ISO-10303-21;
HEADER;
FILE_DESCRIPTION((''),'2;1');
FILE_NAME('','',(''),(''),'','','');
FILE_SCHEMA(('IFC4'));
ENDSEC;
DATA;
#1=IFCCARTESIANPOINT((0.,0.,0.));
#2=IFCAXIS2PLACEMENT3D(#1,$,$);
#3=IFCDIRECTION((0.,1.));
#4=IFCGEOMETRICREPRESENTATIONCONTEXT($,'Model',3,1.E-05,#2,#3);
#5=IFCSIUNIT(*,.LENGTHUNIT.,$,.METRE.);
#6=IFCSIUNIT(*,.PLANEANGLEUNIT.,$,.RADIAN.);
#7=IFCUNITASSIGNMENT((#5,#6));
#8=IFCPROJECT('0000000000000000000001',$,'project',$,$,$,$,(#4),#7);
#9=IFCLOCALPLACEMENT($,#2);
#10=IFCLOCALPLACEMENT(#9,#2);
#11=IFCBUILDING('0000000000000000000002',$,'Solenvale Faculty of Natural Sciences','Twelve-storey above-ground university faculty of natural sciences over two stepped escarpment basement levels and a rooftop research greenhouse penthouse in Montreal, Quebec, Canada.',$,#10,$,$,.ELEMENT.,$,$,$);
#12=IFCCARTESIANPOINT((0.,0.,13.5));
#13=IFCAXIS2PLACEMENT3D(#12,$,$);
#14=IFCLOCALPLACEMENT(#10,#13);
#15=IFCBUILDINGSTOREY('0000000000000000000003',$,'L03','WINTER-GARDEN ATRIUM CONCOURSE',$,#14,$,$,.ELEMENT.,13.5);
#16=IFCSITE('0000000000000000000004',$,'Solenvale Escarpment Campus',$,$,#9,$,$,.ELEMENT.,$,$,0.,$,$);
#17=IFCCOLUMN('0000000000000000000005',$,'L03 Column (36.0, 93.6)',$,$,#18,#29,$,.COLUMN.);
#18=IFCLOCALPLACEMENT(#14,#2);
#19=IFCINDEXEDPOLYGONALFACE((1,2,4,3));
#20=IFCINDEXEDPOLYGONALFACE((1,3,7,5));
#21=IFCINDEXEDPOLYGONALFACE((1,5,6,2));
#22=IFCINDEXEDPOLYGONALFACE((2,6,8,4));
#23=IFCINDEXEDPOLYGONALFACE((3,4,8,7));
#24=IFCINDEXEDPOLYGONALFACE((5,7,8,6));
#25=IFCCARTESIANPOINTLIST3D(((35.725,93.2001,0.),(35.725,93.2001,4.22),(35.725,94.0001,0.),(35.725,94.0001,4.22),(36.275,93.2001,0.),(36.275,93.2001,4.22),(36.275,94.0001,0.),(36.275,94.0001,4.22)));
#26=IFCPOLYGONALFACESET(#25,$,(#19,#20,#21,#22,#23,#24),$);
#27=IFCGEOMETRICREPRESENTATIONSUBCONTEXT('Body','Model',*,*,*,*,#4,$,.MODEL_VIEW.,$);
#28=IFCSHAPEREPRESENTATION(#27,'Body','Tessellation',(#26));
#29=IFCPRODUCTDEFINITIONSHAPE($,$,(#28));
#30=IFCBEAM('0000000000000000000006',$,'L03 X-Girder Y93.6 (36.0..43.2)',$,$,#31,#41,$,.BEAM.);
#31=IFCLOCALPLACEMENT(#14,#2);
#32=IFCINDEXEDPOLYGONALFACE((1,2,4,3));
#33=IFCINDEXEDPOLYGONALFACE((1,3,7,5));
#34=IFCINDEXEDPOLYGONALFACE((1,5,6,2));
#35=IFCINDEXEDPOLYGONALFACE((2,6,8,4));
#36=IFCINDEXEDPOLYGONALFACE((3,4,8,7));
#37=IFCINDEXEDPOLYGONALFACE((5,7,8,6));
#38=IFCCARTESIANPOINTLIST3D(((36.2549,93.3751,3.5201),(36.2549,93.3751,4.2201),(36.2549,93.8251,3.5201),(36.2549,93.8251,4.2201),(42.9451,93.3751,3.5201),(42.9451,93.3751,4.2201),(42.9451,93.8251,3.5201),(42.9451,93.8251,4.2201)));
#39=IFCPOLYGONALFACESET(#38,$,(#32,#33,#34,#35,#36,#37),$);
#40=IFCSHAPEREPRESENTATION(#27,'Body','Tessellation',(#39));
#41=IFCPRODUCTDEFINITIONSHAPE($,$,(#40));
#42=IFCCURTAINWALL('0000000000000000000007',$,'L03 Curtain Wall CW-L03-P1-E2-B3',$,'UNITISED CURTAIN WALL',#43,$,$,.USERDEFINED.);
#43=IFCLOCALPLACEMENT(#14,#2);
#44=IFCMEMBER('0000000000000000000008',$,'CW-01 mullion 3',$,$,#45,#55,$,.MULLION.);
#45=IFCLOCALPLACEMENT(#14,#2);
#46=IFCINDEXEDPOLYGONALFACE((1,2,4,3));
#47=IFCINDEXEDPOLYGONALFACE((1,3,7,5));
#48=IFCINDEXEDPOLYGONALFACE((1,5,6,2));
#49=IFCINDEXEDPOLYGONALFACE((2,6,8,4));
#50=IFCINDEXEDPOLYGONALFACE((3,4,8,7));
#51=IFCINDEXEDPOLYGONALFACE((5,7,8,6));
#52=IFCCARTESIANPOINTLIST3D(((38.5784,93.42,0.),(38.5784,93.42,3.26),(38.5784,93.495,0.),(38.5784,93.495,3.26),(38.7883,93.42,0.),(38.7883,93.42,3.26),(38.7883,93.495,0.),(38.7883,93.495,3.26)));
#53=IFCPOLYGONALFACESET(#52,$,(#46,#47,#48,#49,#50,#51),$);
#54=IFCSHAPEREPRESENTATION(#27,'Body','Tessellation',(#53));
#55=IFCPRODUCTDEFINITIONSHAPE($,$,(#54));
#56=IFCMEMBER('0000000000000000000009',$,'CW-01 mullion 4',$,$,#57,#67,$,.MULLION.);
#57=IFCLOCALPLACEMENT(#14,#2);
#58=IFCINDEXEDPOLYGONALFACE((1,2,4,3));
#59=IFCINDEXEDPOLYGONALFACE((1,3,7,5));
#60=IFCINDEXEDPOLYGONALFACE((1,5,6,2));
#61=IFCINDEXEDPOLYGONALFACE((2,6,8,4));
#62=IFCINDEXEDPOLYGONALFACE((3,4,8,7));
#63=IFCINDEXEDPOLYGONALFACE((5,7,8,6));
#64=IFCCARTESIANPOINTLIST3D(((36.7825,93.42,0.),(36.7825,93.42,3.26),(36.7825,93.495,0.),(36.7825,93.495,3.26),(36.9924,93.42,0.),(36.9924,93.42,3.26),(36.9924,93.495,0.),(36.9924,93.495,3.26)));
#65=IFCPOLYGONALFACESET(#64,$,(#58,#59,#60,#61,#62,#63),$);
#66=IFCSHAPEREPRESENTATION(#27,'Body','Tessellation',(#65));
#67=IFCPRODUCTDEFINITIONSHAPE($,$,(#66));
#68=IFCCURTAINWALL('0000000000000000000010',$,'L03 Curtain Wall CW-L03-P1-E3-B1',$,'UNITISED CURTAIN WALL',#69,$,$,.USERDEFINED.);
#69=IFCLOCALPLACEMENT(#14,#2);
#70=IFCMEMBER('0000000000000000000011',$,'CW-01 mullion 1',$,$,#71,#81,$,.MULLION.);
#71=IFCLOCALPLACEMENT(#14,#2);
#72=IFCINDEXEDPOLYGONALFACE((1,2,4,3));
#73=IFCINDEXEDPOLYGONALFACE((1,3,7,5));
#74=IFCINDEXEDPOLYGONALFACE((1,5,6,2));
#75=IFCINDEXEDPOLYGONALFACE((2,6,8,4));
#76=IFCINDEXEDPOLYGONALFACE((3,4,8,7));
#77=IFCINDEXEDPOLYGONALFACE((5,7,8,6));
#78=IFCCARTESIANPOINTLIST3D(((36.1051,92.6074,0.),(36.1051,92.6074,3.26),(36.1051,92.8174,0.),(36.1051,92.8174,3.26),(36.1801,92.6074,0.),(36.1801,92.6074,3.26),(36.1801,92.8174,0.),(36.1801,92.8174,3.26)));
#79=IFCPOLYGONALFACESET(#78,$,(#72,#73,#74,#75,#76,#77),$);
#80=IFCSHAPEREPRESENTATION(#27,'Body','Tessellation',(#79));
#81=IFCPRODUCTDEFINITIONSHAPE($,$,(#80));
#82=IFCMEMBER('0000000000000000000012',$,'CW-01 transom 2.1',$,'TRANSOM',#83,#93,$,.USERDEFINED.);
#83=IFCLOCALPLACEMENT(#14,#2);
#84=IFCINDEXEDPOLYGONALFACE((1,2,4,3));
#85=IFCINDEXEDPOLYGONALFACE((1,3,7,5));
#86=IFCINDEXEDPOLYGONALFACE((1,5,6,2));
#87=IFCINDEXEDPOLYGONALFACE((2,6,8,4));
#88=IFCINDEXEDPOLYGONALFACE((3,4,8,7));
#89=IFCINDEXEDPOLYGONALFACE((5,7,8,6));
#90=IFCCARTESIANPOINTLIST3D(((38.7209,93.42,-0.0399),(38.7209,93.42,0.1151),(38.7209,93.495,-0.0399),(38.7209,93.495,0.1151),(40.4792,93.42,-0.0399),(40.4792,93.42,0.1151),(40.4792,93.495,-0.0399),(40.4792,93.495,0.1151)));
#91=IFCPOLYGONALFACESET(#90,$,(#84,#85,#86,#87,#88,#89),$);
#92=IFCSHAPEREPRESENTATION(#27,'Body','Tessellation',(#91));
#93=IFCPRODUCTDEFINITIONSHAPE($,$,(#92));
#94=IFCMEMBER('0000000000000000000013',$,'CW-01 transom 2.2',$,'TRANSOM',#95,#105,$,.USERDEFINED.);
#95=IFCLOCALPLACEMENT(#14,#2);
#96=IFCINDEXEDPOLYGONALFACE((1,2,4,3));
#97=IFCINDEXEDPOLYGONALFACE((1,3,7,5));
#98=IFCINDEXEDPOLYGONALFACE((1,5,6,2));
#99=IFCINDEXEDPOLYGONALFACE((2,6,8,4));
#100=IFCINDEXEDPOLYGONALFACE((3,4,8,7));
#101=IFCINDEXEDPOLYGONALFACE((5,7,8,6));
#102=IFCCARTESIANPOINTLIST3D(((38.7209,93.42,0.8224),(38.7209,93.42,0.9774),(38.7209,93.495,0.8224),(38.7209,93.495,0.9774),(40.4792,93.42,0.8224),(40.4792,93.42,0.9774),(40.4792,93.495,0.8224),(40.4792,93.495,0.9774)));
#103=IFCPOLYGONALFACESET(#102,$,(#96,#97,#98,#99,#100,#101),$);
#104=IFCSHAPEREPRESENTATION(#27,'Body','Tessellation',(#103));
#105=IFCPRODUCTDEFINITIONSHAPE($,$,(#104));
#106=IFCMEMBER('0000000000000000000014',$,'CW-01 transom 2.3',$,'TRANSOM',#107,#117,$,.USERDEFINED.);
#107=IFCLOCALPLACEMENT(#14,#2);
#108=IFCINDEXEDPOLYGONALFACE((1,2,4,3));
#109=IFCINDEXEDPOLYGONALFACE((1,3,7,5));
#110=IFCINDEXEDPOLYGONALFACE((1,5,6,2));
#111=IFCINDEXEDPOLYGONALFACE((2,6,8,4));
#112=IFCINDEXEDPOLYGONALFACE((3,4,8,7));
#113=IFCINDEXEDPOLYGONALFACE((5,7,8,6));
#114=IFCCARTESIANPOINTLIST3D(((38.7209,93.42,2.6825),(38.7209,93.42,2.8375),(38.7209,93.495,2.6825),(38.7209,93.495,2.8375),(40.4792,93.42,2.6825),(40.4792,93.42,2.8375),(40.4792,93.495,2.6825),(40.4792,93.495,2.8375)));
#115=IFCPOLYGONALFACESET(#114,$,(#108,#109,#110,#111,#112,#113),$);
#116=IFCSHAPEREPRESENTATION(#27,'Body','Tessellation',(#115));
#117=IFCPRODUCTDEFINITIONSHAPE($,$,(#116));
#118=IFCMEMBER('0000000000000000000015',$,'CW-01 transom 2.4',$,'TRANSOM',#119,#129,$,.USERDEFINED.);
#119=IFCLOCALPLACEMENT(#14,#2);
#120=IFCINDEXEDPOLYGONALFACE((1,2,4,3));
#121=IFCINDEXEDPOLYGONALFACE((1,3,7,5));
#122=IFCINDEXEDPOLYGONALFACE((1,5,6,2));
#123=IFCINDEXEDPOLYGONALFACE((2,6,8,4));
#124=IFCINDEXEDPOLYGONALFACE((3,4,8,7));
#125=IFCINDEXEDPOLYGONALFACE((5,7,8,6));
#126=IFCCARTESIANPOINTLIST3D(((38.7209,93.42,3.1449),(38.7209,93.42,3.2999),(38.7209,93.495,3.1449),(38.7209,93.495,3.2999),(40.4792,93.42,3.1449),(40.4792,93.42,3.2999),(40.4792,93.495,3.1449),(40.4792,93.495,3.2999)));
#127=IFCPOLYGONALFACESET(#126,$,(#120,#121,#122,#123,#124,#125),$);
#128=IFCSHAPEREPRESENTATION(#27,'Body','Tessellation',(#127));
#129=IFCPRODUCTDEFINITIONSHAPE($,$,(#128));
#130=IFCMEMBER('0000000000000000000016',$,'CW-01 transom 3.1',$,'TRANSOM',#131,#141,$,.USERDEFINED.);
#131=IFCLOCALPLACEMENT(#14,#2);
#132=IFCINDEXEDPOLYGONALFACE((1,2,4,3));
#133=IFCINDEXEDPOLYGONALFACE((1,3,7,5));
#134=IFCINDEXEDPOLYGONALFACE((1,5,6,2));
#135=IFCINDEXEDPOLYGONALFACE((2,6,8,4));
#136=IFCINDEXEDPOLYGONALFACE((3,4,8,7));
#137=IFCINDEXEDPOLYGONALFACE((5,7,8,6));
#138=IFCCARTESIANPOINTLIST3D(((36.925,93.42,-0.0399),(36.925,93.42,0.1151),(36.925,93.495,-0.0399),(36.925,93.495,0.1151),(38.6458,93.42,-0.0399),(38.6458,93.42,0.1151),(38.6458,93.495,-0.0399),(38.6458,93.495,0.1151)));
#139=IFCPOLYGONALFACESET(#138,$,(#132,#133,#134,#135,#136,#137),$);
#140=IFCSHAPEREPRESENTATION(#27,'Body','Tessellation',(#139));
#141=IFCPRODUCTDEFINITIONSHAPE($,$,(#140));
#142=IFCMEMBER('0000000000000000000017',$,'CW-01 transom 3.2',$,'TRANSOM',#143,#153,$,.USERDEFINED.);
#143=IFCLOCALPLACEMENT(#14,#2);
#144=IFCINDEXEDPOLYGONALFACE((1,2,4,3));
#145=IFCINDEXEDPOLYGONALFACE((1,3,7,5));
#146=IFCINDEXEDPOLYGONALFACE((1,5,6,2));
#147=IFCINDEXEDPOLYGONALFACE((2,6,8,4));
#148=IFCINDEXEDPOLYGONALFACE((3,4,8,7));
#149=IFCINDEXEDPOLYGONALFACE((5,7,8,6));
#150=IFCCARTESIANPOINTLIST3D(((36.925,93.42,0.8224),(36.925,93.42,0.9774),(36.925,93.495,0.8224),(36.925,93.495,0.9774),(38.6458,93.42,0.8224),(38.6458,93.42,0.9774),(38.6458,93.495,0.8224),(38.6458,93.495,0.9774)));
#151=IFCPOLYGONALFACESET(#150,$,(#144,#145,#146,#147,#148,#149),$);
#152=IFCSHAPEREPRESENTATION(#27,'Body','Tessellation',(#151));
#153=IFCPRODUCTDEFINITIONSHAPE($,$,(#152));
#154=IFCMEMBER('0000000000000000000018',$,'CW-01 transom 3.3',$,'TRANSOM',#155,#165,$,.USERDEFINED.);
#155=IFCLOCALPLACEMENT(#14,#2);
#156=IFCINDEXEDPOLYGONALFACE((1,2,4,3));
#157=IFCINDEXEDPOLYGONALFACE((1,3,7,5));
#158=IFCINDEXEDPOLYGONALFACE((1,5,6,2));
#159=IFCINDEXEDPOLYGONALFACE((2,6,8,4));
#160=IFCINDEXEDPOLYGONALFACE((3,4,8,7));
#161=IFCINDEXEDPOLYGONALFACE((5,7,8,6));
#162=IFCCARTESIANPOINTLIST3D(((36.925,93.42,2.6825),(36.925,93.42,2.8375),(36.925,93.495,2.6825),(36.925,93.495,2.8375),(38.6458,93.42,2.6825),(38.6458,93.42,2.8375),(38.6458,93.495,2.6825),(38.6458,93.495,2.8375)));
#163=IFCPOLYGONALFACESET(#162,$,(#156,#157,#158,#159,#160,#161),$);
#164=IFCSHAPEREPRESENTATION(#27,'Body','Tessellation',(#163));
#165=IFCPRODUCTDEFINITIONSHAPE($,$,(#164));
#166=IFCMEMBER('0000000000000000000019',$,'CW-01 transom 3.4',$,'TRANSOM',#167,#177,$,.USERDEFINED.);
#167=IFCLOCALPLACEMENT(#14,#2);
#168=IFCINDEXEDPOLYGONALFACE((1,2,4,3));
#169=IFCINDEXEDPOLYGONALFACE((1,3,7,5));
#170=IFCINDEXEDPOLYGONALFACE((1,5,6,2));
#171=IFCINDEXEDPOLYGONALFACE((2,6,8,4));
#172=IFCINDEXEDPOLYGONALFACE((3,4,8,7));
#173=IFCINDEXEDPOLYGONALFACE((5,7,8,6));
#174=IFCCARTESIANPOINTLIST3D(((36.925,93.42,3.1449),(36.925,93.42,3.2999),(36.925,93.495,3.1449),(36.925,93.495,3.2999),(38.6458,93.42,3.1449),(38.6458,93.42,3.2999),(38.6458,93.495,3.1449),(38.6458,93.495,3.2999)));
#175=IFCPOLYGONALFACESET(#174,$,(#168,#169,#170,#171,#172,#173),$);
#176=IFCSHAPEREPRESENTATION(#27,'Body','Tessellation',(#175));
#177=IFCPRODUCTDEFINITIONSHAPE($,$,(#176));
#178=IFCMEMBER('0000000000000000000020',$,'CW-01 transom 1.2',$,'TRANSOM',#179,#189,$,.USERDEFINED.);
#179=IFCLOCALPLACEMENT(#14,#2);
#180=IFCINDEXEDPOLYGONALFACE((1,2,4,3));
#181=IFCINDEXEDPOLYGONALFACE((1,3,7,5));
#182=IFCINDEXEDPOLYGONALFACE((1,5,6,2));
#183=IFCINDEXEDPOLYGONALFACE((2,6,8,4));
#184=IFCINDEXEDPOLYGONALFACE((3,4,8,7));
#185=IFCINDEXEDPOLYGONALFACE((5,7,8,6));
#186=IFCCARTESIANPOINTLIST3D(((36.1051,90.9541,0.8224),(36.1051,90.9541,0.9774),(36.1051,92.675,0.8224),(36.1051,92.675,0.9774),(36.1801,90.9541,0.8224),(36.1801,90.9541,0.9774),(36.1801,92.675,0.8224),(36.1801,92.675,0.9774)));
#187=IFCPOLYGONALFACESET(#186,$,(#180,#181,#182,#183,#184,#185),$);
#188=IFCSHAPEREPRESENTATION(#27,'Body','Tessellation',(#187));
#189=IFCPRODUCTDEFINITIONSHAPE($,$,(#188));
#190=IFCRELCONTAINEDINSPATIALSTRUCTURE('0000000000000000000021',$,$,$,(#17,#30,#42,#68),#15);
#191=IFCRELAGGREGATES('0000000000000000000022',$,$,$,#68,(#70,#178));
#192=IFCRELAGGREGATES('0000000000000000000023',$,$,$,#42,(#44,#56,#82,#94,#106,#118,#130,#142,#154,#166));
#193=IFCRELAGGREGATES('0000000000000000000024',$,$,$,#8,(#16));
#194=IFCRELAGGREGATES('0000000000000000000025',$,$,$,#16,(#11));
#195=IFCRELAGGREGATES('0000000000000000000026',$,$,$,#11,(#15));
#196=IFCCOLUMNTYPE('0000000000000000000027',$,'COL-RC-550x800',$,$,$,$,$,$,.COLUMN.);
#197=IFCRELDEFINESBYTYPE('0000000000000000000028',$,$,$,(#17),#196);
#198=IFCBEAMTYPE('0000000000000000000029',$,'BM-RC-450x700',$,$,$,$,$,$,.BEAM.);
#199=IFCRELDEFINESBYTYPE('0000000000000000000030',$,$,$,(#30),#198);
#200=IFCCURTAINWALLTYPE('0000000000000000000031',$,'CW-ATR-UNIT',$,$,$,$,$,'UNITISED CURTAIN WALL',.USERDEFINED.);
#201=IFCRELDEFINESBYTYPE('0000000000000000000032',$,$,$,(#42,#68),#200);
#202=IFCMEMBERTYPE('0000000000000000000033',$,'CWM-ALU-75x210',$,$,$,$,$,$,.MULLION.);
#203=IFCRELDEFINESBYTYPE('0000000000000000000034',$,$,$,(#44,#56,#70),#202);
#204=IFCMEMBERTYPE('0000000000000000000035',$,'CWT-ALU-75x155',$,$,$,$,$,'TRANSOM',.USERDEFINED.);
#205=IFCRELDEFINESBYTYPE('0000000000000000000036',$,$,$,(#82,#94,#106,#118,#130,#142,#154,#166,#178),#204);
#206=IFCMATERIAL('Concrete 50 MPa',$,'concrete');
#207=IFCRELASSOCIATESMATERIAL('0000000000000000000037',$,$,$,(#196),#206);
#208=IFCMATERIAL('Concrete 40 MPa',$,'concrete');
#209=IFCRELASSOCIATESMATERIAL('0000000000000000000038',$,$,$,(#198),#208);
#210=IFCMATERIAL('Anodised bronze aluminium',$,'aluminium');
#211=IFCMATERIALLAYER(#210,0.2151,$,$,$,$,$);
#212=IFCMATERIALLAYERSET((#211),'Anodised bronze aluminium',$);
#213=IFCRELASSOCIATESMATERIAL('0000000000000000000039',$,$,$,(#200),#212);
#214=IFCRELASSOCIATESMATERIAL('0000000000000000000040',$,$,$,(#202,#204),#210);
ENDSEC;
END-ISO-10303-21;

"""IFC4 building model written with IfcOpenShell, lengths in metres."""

from ifc_helpers import new_model, si_unit, direction, frame, origin, origin_2d, place, context, subcontext, project, spatial, rectangle, extrude, material, layer, layer_set, material_profile, profile_set, type_object, element, aggregate, save


model = new_model("IFC4")

# Units and contexts
model_context = context("Model", 3, precision=1e-05, world=origin(), true_north=direction((0.0, 1.0)))
body_context = subcontext(model_context, "Body", "Model", "MODEL_VIEW")
ifc_project = project(units=[si_unit("LENGTHUNIT", "METRE"), si_unit("PLANEANGLEUNIT", "RADIAN")], contexts=[model_context])

# Site, building, storey
site_placement = place(None, origin())
site = spatial("IfcSite", under=ifc_project, at=site_placement, Name="Solenvale Escarpment Campus", CompositionType="ELEMENT", RefElevation=0.0)
building_placement = place(site_placement, origin())
building = spatial("IfcBuilding", under=site, at=building_placement, Name="Solenvale Faculty of Natural Sciences", Description="Twelve-storey above-ground university faculty of natural sciences over two stepped escarpment basement levels and a rooftop research greenhouse penthouse in Montreal, Quebec, Canada.", CompositionType="ELEMENT")
storey_placement = place(building_placement, frame((0.0, 0.0, 13.5)))
storey = spatial("IfcBuildingStorey", under=building, at=storey_placement, Name="L03", Description="WINTER-GARDEN ATRIUM CONCOURSE", CompositionType="ELEMENT", Elevation=13.5)

# Column
ifc_material_1 = material(Name="Concrete 50 MPa", Category="concrete")
ifc_material_profile_1 = material_profile(ifc_material_1, rectangle(XDim=0.55, YDim=0.8, at=origin_2d()), Name="RC-COL-550x800")
ifc_profile_set_1 = profile_set([ifc_material_profile_1], Name="Concrete 50 MPa")
column_type = type_object("IfcColumnType", Name="COL-RC-550x800", PredefinedType="COLUMN", material=ifc_profile_set_1)
column_placement = place(storey_placement, frame((36.0, 93.6001, 0.0), z_axis=(0.0, 0.0, 1.0), x_axis=(1.0, 0.0, 0.0)))
element("IfcColumn", 1, at=column_placement, inside=storey, type_object=column_type, Name="L03 Column (36.0, 93.6)", PredefinedType="COLUMN", context=body_context, shape_type="SweptSolid", body=[
    extrude(rectangle(XDim=0.55, YDim=0.8, at=origin_2d()), origin(), (0.0, 0.0, 1.0), 4.22),
])

# Beam
ifc_material_2 = material(Name="Concrete 40 MPa", Category="concrete")
ifc_material_profile_2 = material_profile(ifc_material_2, rectangle(XDim=0.45, YDim=0.7, at=origin_2d()), Name="RC-BM-450x700")
ifc_profile_set_2 = profile_set([ifc_material_profile_2], Name="Concrete 40 MPa")
beam_type = type_object("IfcBeamType", Name="BM-RC-450x700", PredefinedType="BEAM", material=ifc_profile_set_2)
beam_placement = place(storey_placement, frame((36.2549, 93.6001, 3.8701), z_axis=(1.0, 0.0, 0.0), x_axis=(0.0, 1.0, 0.0)))
element("IfcBeam", 2, at=beam_placement, inside=storey, type_object=beam_type, Name="L03 X-Girder Y93.6 (36.0..43.2)", PredefinedType="BEAM", context=body_context, shape_type="SweptSolid", body=[
    extrude(rectangle(XDim=0.45, YDim=0.7, at=origin_2d()), origin(), (0.0, 0.0, 1.0), 6.6902),
])

# Curtain wall, members
ifc_material_3 = material(Name="Anodised bronze aluminium", Category="aluminium")
ifc_layer_1 = layer(ifc_material_3, 0.2151)
ifc_layer_set_1 = layer_set([ifc_layer_1], Name="Anodised bronze aluminium")
curtain_wall_type = type_object("IfcCurtainWallType", Name="CW-ATR-UNIT", ElementType="UNITISED CURTAIN WALL", PredefinedType="USERDEFINED", material=ifc_layer_set_1)
curtain_wall_1_placement = place(storey_placement, origin())
curtain_wall_1 = element("IfcCurtainWall", 3, at=curtain_wall_1_placement, inside=storey, type_object=curtain_wall_type, Name="L03 Curtain Wall CW-L03-P1-E2-B3", ObjectType="UNITISED CURTAIN WALL", PredefinedType="USERDEFINED")
ifc_material_profile_3 = material_profile(ifc_material_3, rectangle(XDim=0.075, YDim=0.21, at=origin_2d()), Name="ALU-MUL-75x210")
ifc_profile_set_3 = profile_set([ifc_material_profile_3], Name="Anodised bronze aluminium")
member_type_1 = type_object("IfcMemberType", Name="CWM-ALU-75x210", PredefinedType="MULLION", material=ifc_profile_set_3)
member_1_placement = place(storey_placement, frame((38.6833, 93.4575, 0.0), z_axis=(0.0, 0.0, 1.0), x_axis=(0.0, -1.0, 0.0)))
member_1 = element("IfcMember", 4, at=member_1_placement, type_object=member_type_1, Name="CW-01 mullion 3", PredefinedType="MULLION", context=body_context, shape_type="SweptSolid", body=[
    extrude(rectangle(XDim=0.075, YDim=0.21, at=origin_2d()), origin(), (0.0, 0.0, 1.0), 3.26),
])
member_2_placement = place(storey_placement, frame((36.8875, 93.4575, 0.0), z_axis=(0.0, 0.0, 1.0), x_axis=(0.0, -1.0, 0.0)))
member_2 = element("IfcMember", 5, at=member_2_placement, type_object=member_type_1, Name="CW-01 mullion 4", PredefinedType="MULLION", context=body_context, shape_type="SweptSolid", body=[
    extrude(rectangle(XDim=0.075, YDim=0.21, at=origin_2d()), origin(), (0.0, 0.0, 1.0), 3.26),
])

# Curtain wall, member
curtain_wall_2_placement = place(storey_placement, origin())
curtain_wall_2 = element("IfcCurtainWall", 6, at=curtain_wall_2_placement, inside=storey, type_object=curtain_wall_type, Name="L03 Curtain Wall CW-L03-P1-E3-B1", ObjectType="UNITISED CURTAIN WALL", PredefinedType="USERDEFINED")
member_3_placement = place(storey_placement, frame((36.1426, 92.7124, 0.0), z_axis=(0.0, 0.0, 1.0), x_axis=(1.0, 0.0, 0.0)))
member_3 = element("IfcMember", 7, at=member_3_placement, type_object=member_type_1, Name="CW-01 mullion 1", PredefinedType="MULLION", context=body_context, shape_type="SweptSolid", body=[
    extrude(rectangle(XDim=0.075, YDim=0.21, at=origin_2d()), origin(), (0.0, 0.0, 1.0), 3.26),
])

# Members
ifc_material_profile_4 = material_profile(ifc_material_3, rectangle(XDim=0.075, YDim=0.155, at=origin_2d()), Name="ALU-TRN-75x155")
ifc_profile_set_4 = profile_set([ifc_material_profile_4], Name="Anodised bronze aluminium")
member_type_2 = type_object("IfcMemberType", Name="CWT-ALU-75x155", ElementType="TRANSOM", PredefinedType="USERDEFINED", material=ifc_profile_set_4)
member_4_placement = place(storey_placement, frame((40.4792, 93.4575, 0.0376), z_axis=(-1.0, 0.0, 0.0), x_axis=(0.0, -1.0, 0.0)))
member_4 = element("IfcMember", 8, at=member_4_placement, type_object=member_type_2, Name="CW-01 transom 2.1", ObjectType="TRANSOM", PredefinedType="USERDEFINED", context=body_context, shape_type="SweptSolid", body=[
    extrude(rectangle(XDim=0.075, YDim=0.155, at=origin_2d()), origin(), (0.0, 0.0, 1.0), 1.7583),
])
member_5_placement = place(storey_placement, frame((40.4792, 93.4575, 0.8999), z_axis=(-1.0, 0.0, 0.0), x_axis=(0.0, -1.0, 0.0)))
member_5 = element("IfcMember", 9, at=member_5_placement, type_object=member_type_2, Name="CW-01 transom 2.2", ObjectType="TRANSOM", PredefinedType="USERDEFINED", context=body_context, shape_type="SweptSolid", body=[
    extrude(rectangle(XDim=0.075, YDim=0.155, at=origin_2d()), origin(), (0.0, 0.0, 1.0), 1.7583),
])
member_6_placement = place(storey_placement, frame((40.4792, 93.4575, 2.76), z_axis=(-1.0, 0.0, 0.0), x_axis=(0.0, -1.0, 0.0)))
member_6 = element("IfcMember", 10, at=member_6_placement, type_object=member_type_2, Name="CW-01 transom 2.3", ObjectType="TRANSOM", PredefinedType="USERDEFINED", context=body_context, shape_type="SweptSolid", body=[
    extrude(rectangle(XDim=0.075, YDim=0.155, at=origin_2d()), origin(), (0.0, 0.0, 1.0), 1.7583),
])
member_7_placement = place(storey_placement, frame((40.4792, 93.4575, 3.2224), z_axis=(-1.0, 0.0, 0.0), x_axis=(0.0, -1.0, 0.0)))
member_7 = element("IfcMember", 11, at=member_7_placement, type_object=member_type_2, Name="CW-01 transom 2.4", ObjectType="TRANSOM", PredefinedType="USERDEFINED", context=body_context, shape_type="SweptSolid", body=[
    extrude(rectangle(XDim=0.075, YDim=0.155, at=origin_2d()), origin(), (0.0, 0.0, 1.0), 1.7583),
])
member_8_placement = place(storey_placement, frame((38.6458, 93.4575, 0.0376), z_axis=(-1.0, 0.0, 0.0), x_axis=(0.0, -1.0, 0.0)))
member_8 = element("IfcMember", 12, at=member_8_placement, type_object=member_type_2, Name="CW-01 transom 3.1", ObjectType="TRANSOM", PredefinedType="USERDEFINED", context=body_context, shape_type="SweptSolid", body=[
    extrude(rectangle(XDim=0.075, YDim=0.155, at=origin_2d()), origin(), (0.0, 0.0, 1.0), 1.7207),
])
member_9_placement = place(storey_placement, frame((38.6458, 93.4575, 0.8999), z_axis=(-1.0, 0.0, 0.0), x_axis=(0.0, -1.0, 0.0)))
member_9 = element("IfcMember", 13, at=member_9_placement, type_object=member_type_2, Name="CW-01 transom 3.2", ObjectType="TRANSOM", PredefinedType="USERDEFINED", context=body_context, shape_type="SweptSolid", body=[
    extrude(rectangle(XDim=0.075, YDim=0.155, at=origin_2d()), origin(), (0.0, 0.0, 1.0), 1.7207),
])
member_10_placement = place(storey_placement, frame((38.6458, 93.4575, 2.76), z_axis=(-1.0, 0.0, 0.0), x_axis=(0.0, -1.0, 0.0)))
member_10 = element("IfcMember", 14, at=member_10_placement, type_object=member_type_2, Name="CW-01 transom 3.3", ObjectType="TRANSOM", PredefinedType="USERDEFINED", context=body_context, shape_type="SweptSolid", body=[
    extrude(rectangle(XDim=0.075, YDim=0.155, at=origin_2d()), origin(), (0.0, 0.0, 1.0), 1.7207),
])
member_11_placement = place(storey_placement, frame((38.6458, 93.4575, 3.2224), z_axis=(-1.0, 0.0, 0.0), x_axis=(0.0, -1.0, 0.0)))
member_11 = element("IfcMember", 15, at=member_11_placement, type_object=member_type_2, Name="CW-01 transom 3.4", ObjectType="TRANSOM", PredefinedType="USERDEFINED", context=body_context, shape_type="SweptSolid", body=[
    extrude(rectangle(XDim=0.075, YDim=0.155, at=origin_2d()), origin(), (0.0, 0.0, 1.0), 1.7207),
])
member_12_placement = place(storey_placement, frame((36.1426, 92.675, 0.8999), z_axis=(0.0, -1.0, 0.0), x_axis=(1.0, 0.0, 0.0)))
member_12 = element("IfcMember", 16, at=member_12_placement, type_object=member_type_2, Name="CW-01 transom 1.2", ObjectType="TRANSOM", PredefinedType="USERDEFINED", context=body_context, shape_type="SweptSolid", body=[
    extrude(rectangle(XDim=0.075, YDim=0.155, at=origin_2d()), origin(), (0.0, 0.0, 1.0), 1.7209),
])
aggregate(curtain_wall_2, [member_3, member_12])

aggregate(curtain_wall_1, [member_1, member_2, member_4, member_5, member_6, member_7, member_8, member_9, member_10, member_11])

save(model, "model.ifc")
